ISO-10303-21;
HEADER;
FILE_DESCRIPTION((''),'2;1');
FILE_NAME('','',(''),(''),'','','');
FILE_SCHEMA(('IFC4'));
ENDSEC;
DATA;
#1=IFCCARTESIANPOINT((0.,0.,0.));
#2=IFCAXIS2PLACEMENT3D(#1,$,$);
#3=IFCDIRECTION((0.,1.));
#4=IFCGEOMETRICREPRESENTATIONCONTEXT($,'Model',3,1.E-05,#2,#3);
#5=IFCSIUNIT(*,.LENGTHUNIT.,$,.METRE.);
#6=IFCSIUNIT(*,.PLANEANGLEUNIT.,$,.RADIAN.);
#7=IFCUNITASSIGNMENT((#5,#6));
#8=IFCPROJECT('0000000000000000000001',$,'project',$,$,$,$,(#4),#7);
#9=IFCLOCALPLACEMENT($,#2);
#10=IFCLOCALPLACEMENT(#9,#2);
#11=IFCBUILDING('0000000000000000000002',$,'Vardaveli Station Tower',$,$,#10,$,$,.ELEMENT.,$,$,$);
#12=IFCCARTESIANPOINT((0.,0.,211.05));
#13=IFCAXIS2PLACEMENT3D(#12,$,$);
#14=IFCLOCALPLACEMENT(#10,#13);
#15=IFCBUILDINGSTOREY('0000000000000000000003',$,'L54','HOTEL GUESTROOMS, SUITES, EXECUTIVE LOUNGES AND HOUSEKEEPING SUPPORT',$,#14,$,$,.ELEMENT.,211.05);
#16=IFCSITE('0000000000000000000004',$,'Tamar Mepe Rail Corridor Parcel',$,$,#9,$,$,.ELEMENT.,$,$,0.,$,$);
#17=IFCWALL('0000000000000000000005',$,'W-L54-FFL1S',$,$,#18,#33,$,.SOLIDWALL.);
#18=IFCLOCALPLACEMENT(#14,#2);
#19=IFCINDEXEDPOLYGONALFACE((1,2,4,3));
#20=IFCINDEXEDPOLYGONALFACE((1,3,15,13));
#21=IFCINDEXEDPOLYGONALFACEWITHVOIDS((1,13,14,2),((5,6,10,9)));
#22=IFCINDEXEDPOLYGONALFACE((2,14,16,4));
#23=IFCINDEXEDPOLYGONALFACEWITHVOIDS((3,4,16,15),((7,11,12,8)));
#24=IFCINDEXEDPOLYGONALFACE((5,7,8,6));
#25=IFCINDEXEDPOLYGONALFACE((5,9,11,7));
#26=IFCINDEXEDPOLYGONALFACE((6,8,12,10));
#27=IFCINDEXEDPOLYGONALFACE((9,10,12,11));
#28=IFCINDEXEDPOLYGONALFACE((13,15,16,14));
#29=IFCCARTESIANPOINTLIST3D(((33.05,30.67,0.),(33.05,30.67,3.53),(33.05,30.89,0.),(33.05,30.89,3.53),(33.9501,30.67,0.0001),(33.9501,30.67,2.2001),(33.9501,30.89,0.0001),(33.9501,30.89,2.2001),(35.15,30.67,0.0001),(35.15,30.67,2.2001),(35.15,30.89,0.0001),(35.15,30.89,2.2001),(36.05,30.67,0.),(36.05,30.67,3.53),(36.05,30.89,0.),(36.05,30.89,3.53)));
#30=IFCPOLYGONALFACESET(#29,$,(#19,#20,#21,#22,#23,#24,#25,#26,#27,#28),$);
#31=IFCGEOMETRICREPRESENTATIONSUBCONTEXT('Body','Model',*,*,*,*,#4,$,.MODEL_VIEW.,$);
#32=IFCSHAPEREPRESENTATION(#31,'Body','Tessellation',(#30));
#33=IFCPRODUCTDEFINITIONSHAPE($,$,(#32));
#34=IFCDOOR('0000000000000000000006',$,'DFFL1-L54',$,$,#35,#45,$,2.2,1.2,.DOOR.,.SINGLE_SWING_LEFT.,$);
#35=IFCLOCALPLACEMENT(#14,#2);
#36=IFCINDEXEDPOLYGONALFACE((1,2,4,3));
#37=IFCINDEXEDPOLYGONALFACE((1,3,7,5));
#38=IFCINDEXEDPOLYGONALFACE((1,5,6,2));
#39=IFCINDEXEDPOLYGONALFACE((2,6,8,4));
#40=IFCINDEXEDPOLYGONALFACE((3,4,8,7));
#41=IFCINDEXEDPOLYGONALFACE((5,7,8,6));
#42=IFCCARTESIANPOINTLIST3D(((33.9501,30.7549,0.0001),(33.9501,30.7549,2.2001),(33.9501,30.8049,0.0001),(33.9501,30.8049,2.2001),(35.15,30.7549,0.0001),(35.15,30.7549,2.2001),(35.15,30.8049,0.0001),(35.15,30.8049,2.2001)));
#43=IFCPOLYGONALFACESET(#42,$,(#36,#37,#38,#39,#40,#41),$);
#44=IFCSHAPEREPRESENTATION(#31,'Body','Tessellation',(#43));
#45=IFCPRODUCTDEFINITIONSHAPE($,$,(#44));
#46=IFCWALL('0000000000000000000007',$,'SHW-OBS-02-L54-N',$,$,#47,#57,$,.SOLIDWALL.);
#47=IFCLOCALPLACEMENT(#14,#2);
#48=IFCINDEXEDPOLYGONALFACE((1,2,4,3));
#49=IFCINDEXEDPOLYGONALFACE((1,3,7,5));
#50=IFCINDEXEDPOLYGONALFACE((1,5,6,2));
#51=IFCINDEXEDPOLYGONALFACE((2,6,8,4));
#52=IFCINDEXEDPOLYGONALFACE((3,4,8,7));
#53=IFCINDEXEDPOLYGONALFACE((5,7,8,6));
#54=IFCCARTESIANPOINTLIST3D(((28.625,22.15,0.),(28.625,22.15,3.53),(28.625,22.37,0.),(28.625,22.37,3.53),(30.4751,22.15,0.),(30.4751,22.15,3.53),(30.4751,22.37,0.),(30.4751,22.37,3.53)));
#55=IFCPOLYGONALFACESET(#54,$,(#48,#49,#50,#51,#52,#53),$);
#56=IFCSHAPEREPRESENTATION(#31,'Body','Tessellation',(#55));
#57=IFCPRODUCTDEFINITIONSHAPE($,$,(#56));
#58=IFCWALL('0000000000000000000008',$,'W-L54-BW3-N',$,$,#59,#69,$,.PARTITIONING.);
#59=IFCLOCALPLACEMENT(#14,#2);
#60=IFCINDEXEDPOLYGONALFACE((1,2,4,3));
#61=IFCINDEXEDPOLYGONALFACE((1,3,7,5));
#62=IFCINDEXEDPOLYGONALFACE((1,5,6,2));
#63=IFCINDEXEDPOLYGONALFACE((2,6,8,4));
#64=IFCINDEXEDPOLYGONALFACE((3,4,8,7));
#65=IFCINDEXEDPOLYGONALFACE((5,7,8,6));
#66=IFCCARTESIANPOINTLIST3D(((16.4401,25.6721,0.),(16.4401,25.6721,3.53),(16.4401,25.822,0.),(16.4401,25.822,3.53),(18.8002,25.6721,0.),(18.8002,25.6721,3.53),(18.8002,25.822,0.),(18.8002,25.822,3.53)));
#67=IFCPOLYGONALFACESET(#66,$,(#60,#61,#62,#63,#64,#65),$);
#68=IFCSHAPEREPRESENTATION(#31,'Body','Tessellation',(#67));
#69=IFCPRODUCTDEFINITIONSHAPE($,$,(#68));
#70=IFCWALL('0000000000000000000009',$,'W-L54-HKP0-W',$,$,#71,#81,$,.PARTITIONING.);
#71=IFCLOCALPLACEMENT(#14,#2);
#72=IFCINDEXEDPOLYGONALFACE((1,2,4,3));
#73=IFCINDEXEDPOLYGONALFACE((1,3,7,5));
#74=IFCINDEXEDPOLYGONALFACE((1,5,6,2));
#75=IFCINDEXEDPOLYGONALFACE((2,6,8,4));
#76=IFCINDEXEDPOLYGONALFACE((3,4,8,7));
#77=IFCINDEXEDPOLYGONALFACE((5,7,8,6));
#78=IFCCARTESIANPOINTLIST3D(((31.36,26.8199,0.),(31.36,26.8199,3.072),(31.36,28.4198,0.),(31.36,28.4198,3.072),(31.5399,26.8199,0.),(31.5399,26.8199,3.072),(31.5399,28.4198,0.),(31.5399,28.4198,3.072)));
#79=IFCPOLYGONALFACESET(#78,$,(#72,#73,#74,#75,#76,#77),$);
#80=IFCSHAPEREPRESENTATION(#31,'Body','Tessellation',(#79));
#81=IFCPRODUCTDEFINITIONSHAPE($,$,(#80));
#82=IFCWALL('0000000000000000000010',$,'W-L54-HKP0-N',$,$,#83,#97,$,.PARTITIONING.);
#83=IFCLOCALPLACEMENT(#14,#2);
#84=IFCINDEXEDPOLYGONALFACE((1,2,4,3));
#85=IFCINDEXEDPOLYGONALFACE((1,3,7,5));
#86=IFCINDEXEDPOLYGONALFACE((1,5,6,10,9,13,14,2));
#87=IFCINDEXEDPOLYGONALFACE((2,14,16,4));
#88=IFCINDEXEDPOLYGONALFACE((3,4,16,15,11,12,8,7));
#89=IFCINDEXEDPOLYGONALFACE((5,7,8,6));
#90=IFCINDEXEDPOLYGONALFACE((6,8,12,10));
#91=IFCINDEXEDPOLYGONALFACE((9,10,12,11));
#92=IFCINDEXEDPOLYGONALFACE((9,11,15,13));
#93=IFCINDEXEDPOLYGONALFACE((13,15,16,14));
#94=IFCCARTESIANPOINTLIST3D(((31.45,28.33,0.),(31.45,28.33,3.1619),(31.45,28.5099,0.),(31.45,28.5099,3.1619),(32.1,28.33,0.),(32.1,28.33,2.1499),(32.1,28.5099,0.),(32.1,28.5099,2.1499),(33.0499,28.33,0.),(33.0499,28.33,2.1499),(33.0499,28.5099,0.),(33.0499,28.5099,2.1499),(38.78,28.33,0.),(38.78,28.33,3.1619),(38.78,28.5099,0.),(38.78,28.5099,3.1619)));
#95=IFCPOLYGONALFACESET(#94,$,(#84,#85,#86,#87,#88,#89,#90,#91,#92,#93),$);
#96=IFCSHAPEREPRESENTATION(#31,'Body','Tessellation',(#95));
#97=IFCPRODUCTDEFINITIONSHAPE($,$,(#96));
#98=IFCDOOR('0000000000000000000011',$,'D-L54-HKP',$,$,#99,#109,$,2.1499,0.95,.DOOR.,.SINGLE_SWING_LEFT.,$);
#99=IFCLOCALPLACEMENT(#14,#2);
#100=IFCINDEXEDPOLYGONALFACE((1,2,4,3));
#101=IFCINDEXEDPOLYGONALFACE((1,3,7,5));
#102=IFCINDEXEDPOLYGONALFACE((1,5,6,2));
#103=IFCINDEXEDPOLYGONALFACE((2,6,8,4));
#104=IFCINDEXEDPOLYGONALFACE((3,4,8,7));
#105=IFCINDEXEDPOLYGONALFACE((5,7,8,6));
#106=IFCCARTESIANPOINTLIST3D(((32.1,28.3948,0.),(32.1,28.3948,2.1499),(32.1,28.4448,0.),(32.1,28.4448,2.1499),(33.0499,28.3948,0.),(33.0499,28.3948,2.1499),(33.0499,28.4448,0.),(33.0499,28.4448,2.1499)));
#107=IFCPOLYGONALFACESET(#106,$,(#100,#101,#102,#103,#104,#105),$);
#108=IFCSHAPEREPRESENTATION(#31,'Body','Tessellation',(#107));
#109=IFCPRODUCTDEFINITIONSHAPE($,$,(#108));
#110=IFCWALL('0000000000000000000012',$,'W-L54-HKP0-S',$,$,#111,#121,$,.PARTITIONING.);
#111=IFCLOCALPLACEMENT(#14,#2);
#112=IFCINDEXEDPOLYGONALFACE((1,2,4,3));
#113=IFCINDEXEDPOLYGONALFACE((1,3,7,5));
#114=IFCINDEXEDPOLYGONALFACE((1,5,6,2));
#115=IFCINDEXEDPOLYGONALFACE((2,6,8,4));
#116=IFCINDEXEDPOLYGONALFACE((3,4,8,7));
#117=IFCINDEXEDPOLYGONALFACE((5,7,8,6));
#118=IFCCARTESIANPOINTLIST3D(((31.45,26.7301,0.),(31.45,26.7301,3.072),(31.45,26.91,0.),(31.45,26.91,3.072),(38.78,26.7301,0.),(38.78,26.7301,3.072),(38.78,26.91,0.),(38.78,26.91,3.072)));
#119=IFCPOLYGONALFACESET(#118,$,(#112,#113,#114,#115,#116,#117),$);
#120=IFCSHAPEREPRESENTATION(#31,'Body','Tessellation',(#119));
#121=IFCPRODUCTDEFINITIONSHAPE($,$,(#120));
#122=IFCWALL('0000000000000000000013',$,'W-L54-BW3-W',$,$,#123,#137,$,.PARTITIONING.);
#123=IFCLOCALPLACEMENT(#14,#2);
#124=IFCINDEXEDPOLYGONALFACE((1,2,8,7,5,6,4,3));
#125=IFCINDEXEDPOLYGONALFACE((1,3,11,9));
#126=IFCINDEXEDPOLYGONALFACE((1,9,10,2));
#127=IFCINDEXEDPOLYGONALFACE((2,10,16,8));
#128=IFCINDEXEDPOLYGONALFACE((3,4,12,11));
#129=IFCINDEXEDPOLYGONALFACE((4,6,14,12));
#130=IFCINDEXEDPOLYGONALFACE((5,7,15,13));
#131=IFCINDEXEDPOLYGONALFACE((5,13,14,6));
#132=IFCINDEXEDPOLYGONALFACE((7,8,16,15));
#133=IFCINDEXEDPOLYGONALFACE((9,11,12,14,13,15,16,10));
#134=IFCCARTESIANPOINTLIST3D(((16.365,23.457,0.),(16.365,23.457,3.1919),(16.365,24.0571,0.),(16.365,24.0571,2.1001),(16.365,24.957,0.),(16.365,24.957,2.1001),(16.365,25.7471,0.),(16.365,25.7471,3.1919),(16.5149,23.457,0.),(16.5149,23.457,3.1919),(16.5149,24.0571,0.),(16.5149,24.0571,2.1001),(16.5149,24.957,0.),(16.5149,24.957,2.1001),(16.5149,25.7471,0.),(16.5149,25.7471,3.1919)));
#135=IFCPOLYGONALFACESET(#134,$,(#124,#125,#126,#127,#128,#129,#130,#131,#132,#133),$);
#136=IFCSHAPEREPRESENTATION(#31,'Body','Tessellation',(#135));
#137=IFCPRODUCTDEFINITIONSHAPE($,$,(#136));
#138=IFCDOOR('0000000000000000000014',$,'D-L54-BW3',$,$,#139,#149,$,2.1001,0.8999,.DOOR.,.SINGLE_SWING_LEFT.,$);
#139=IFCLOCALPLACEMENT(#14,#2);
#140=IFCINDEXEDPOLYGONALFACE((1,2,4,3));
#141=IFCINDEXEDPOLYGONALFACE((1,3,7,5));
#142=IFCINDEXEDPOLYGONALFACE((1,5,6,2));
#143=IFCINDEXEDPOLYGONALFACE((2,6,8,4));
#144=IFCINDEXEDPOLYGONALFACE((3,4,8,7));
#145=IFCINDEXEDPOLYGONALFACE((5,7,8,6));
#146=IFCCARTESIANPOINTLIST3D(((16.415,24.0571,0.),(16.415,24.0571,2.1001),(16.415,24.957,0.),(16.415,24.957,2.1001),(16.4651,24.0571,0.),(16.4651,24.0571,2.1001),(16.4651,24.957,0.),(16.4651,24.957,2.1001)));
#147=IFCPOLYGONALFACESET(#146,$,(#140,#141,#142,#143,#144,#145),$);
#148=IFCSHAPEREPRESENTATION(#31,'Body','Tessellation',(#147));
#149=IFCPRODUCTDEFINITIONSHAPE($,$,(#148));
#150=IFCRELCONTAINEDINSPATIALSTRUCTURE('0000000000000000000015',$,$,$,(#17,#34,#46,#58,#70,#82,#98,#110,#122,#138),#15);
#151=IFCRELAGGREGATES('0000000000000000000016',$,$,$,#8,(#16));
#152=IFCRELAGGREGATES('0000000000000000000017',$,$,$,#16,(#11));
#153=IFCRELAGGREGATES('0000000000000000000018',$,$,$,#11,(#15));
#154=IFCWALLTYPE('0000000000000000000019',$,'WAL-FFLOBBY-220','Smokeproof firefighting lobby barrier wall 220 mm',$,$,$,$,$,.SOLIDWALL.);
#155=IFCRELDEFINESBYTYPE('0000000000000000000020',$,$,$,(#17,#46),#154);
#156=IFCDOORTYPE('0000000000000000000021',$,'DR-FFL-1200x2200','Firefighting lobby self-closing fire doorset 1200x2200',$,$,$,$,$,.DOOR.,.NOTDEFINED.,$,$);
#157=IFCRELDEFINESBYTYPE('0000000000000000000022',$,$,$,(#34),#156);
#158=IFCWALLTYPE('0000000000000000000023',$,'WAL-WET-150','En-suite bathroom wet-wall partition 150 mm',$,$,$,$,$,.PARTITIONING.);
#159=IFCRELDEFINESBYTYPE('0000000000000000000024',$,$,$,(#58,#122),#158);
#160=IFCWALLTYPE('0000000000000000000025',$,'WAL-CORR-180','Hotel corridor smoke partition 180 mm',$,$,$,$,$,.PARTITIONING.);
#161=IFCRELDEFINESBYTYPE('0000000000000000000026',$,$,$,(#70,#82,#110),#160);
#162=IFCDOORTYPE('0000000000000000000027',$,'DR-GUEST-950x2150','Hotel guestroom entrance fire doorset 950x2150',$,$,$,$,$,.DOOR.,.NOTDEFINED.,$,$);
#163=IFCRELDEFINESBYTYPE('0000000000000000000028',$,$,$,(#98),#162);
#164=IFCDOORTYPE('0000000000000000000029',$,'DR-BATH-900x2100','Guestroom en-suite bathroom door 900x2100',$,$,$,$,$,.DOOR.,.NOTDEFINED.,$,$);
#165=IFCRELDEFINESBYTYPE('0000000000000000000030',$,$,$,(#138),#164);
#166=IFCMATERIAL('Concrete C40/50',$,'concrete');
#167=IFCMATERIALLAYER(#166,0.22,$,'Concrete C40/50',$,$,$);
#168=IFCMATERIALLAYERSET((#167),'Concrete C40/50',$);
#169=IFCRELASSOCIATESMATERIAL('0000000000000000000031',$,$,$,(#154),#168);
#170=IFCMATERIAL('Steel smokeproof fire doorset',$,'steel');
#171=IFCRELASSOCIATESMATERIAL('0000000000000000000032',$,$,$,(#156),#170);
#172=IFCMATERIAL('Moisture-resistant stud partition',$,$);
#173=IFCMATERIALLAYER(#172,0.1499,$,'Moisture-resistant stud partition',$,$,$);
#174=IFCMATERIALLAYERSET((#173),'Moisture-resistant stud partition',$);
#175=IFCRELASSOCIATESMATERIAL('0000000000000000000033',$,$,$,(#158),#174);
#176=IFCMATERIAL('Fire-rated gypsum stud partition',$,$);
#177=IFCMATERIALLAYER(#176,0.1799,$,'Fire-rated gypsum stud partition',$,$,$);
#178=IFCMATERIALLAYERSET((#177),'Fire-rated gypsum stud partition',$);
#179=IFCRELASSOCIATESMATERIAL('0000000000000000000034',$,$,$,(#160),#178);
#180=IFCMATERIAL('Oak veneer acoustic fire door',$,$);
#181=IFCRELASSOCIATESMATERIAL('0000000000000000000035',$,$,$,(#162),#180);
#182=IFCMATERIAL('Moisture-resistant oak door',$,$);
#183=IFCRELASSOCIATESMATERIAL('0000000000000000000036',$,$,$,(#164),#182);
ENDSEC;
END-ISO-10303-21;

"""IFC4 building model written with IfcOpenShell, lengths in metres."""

from ifc_helpers import new_model, si_unit, direction, frame, frame_2d, origin, place, context, subcontext, project, spatial, rectangle, extrude, source, transform, mapped, material, layer, layer_set, type_object, element, fill, save


model = new_model("IFC4")

# Units and contexts
model_context = context("Model", 3, precision=1e-05, world=origin(), true_north=direction((0.0, 1.0)))
body_context = subcontext(model_context, "Body", "Model", "MODEL_VIEW")
ifc_project = project(units=[si_unit("LENGTHUNIT", "METRE"), si_unit("PLANEANGLEUNIT", "RADIAN")], contexts=[model_context])

# Site, building, storey
site_placement = place(None, origin())
site = spatial("IfcSite", under=ifc_project, at=site_placement, Name="Tamar Mepe Rail Corridor Parcel", CompositionType="ELEMENT", RefElevation=0.0)
building_placement = place(site_placement, origin())
building = spatial("IfcBuilding", under=site, at=building_placement, Name="Vardaveli Station Tower", CompositionType="ELEMENT")
storey_placement = place(building_placement, frame((0.0, 0.0, 211.05)))
storey = spatial("IfcBuildingStorey", under=building, at=storey_placement, Name="L54", Description="HOTEL GUESTROOMS, SUITES, EXECUTIVE LOUNGES AND HOUSEKEEPING SUPPORT", CompositionType="ELEMENT", Elevation=211.05)

# Shared definitions
ifc_material_1 = material(Name="Concrete C40/50", Category="concrete")

# Wall, opening, door
ifc_material_2 = material(Name="Steel smokeproof fire doorset", Category="steel")
ifc_layer_1 = layer(ifc_material_1, 0.22, Name="Concrete C40/50")
ifc_layer_set_1 = layer_set([ifc_layer_1], Name="Concrete C40/50")
wall_type_1 = type_object("IfcWallType", Name="WAL-FFLOBBY-220", Description="Smokeproof firefighting lobby barrier wall 220 mm", PredefinedType="SOLIDWALL", material=ifc_layer_set_1)
shared_shape_1 = source(origin(), body_context, "Body", "SweptSolid", [
    extrude(rectangle(XDim=3.0, YDim=0.22, at=frame_2d((1.5, 0.0))), origin(), (0.0, 0.0, 1.0), 3.53),
])
wall_1_placement = place(storey_placement, frame((33.05, 30.78, 0.0), z_axis=(0.0, 0.0, 1.0), x_axis=(1.0, 0.0, 0.0)))
wall_1 = element("IfcWall", 1, at=wall_1_placement, inside=storey, type_object=wall_type_1, Name="W-L54-FFL1S", PredefinedType="SOLIDWALL", context=body_context, shape_type="MappedRepresentation", body=[
    mapped(shared_shape_1, transform((0.0, 0.0, 0.0), scale=1.0)),
])
shared_shape_2 = source(origin(), body_context, "Body", "SweptSolid", [
    extrude(rectangle(XDim=1.2, YDim=2.2, at=frame_2d((0.6001, 1.1001))), frame((0.0, 0.1201, 0.0), z_axis=(0.0, -1.0, 0.0), x_axis=(1.0, 0.0, 0.0)), (0.0, 0.0, 1.0), 0.24),
])
opening_1_placement = place(wall_1_placement, frame((0.8999, 0.0, 0.0)))
opening_1 = element("IfcOpeningElement", 2, at=opening_1_placement, cuts=wall_1, PredefinedType="OPENING", context=body_context, shape_type="MappedRepresentation", body=[
    mapped(shared_shape_2, transform((0.0, 0.0, 0.0), scale=1.0)),
])
door_type_1 = type_object("IfcDoorType", Name="DR-FFL-1200x2200", Description="Firefighting lobby self-closing fire doorset 1200x2200", OperationType="NOTDEFINED", PredefinedType="DOOR", material=ifc_material_2)
shared_shape_3 = source(origin(), body_context, "Body", "SweptSolid", [
    extrude(rectangle(XDim=1.2, YDim=2.2, at=frame_2d((0.6001, 1.1001))), frame((0.0, 0.0249, 0.0), z_axis=(0.0, -1.0, 0.0), x_axis=(1.0, 0.0, 0.0)), (0.0, 0.0, 1.0), 0.05),
])
door_1_placement = place(opening_1_placement, origin())
door_1 = element("IfcDoor", 3, at=door_1_placement, inside=storey, type_object=door_type_1, Name="DFFL1-L54", OperationType="SINGLE_SWING_LEFT", OverallHeight=2.2, OverallWidth=1.2, PredefinedType="DOOR", context=body_context, shape_type="MappedRepresentation", body=[
    mapped(shared_shape_3, transform((0.0, 0.0, 0.0), scale=1.0)),
])
fill(opening_1, door_1)

# Walls
shared_shape_4 = source(origin(), body_context, "Body", "SweptSolid", [
    extrude(rectangle(XDim=1.8501, YDim=0.22, at=frame_2d((0.925, 0.0))), origin(), (0.0, 0.0, 1.0), 3.53),
])
wall_2_placement = place(storey_placement, frame((28.625, 22.26, 0.0), z_axis=(0.0, 0.0, 1.0), x_axis=(1.0, 0.0, 0.0)))
element("IfcWall", 4, at=wall_2_placement, inside=storey, type_object=wall_type_1, Name="SHW-OBS-02-L54-N", PredefinedType="SOLIDWALL", context=body_context, shape_type="MappedRepresentation", body=[
    mapped(shared_shape_4, transform((0.0, 0.0, 0.0), scale=1.0)),
])
ifc_material_3 = material(Name="Moisture-resistant stud partition")
ifc_layer_2 = layer(ifc_material_3, 0.1499, Name="Moisture-resistant stud partition")
ifc_layer_set_2 = layer_set([ifc_layer_2], Name="Moisture-resistant stud partition")
wall_type_2 = type_object("IfcWallType", Name="WAL-WET-150", Description="En-suite bathroom wet-wall partition 150 mm", PredefinedType="PARTITIONING", material=ifc_layer_set_2)
shared_shape_5 = source(origin(), body_context, "Body", "SweptSolid", [
    extrude(rectangle(XDim=2.3601, YDim=0.1499, at=frame_2d((1.1802, 0.0))), origin(), (0.0, 0.0, 1.0), 3.53),
])
wall_3_placement = place(storey_placement, frame((16.4399, 25.7471, 0.0), z_axis=(0.0, 0.0, 1.0), x_axis=(1.0, 0.0, 0.0)))
element("IfcWall", 5, at=wall_3_placement, inside=storey, type_object=wall_type_2, Name="W-L54-BW3-N", PredefinedType="PARTITIONING", context=body_context, shape_type="MappedRepresentation", body=[
    mapped(shared_shape_5, transform((0.0, 0.0, 0.0), scale=1.0)),
])
ifc_material_4 = material(Name="Fire-rated gypsum stud partition")
ifc_layer_3 = layer(ifc_material_4, 0.1799, Name="Fire-rated gypsum stud partition")
ifc_layer_set_3 = layer_set([ifc_layer_3], Name="Fire-rated gypsum stud partition")
wall_type_3 = type_object("IfcWallType", Name="WAL-CORR-180", Description="Hotel corridor smoke partition 180 mm", PredefinedType="PARTITIONING", material=ifc_layer_set_3)
shared_shape_6 = source(origin(), body_context, "Body", "SweptSolid", [
    extrude(rectangle(XDim=1.5999, YDim=0.1799, at=frame_2d((0.7998, 0.0))), origin(), (0.0, 0.0, 1.0), 3.072),
])
wall_4_placement = place(storey_placement, frame((31.45, 26.8201, 0.0), z_axis=(0.0, 0.0, 1.0), x_axis=(0.0, 1.0, 0.0)))
element("IfcWall", 6, at=wall_4_placement, inside=storey, type_object=wall_type_3, Name="W-L54-HKP0-W", PredefinedType="PARTITIONING", context=body_context, shape_type="MappedRepresentation", body=[
    mapped(shared_shape_6, transform((0.0, 0.0, 0.0), scale=1.0)),
])

# Wall, opening, door
shared_shape_7 = source(origin(), body_context, "Body", "SweptSolid", [
    extrude(rectangle(XDim=7.3301, YDim=0.1799, at=frame_2d((3.665, 0.0))), origin(), (0.0, 0.0, 1.0), 3.1619),
])
wall_5_placement = place(storey_placement, frame((31.45, 28.4199, 0.0), z_axis=(0.0, 0.0, 1.0), x_axis=(1.0, 0.0, 0.0)))
wall_5 = element("IfcWall", 7, at=wall_5_placement, inside=storey, type_object=wall_type_3, Name="W-L54-HKP0-N", PredefinedType="PARTITIONING", context=body_context, shape_type="MappedRepresentation", body=[
    mapped(shared_shape_7, transform((0.0, 0.0, 0.0), scale=1.0)),
])
shared_shape_8 = source(origin(), body_context, "Body", "SweptSolid", [
    extrude(rectangle(XDim=0.95, YDim=2.1499, at=frame_2d((0.4751, 1.075))), frame((0.0, 0.1001, 0.0), z_axis=(0.0, -1.0, 0.0), x_axis=(1.0, 0.0, 0.0)), (0.0, 0.0, 1.0), 0.2),
])
opening_2_placement = place(wall_5_placement, frame((0.6499, 0.0, 0.0)))
opening_2 = element("IfcOpeningElement", 8, at=opening_2_placement, cuts=wall_5, PredefinedType="OPENING", context=body_context, shape_type="MappedRepresentation", body=[
    mapped(shared_shape_8, transform((0.0, 0.0, 0.0), scale=1.0)),
])
ifc_material_5 = material(Name="Oak veneer acoustic fire door")
door_type_2 = type_object("IfcDoorType", Name="DR-GUEST-950x2150", Description="Hotel guestroom entrance fire doorset 950x2150", OperationType="NOTDEFINED", PredefinedType="DOOR", material=ifc_material_5)
shared_shape_9 = source(origin(), body_context, "Body", "SweptSolid", [
    extrude(rectangle(XDim=0.95, YDim=2.1499, at=frame_2d((0.4751, 1.075))), frame((0.0, 0.0249, 0.0), z_axis=(0.0, -1.0, 0.0), x_axis=(1.0, 0.0, 0.0)), (0.0, 0.0, 1.0), 0.05),
])
door_2_placement = place(opening_2_placement, origin())
door_2 = element("IfcDoor", 9, at=door_2_placement, inside=storey, type_object=door_type_2, Name="D-L54-HKP", OperationType="SINGLE_SWING_LEFT", OverallHeight=2.1499, OverallWidth=0.95, PredefinedType="DOOR", context=body_context, shape_type="MappedRepresentation", body=[
    mapped(shared_shape_9, transform((0.0, 0.0, 0.0), scale=1.0)),
])
fill(opening_2, door_2)

# Wall
shared_shape_10 = source(origin(), body_context, "Body", "SweptSolid", [
    extrude(rectangle(XDim=7.3301, YDim=0.1799, at=frame_2d((3.665, 0.0))), origin(), (0.0, 0.0, 1.0), 3.072),
])
wall_6_placement = place(storey_placement, frame((31.45, 26.8201, 0.0), z_axis=(0.0, 0.0, 1.0), x_axis=(1.0, 0.0, 0.0)))
element("IfcWall", 10, at=wall_6_placement, inside=storey, type_object=wall_type_3, Name="W-L54-HKP0-S", PredefinedType="PARTITIONING", context=body_context, shape_type="MappedRepresentation", body=[
    mapped(shared_shape_10, transform((0.0, 0.0, 0.0), scale=1.0)),
])

# Wall, opening, door
shared_shape_11 = source(origin(), body_context, "Body", "SweptSolid", [
    extrude(rectangle(XDim=2.29, YDim=0.1499, at=frame_2d((1.145, 0.0))), origin(), (0.0, 0.0, 1.0), 3.1919),
])
wall_7_placement = place(storey_placement, frame((16.4399, 23.457, 0.0), z_axis=(0.0, 0.0, 1.0), x_axis=(0.0, 1.0, 0.0)))
wall_7 = element("IfcWall", 11, at=wall_7_placement, inside=storey, type_object=wall_type_2, Name="W-L54-BW3-W", PredefinedType="PARTITIONING", context=body_context, shape_type="MappedRepresentation", body=[
    mapped(shared_shape_11, transform((0.0, 0.0, 0.0), scale=1.0)),
])
shared_shape_12 = source(origin(), body_context, "Body", "SweptSolid", [
    extrude(rectangle(XDim=0.8999, YDim=2.1001, at=frame_2d((0.45, 1.05))), frame((0.0, 0.085, 0.0), z_axis=(0.0, -1.0, 0.0), x_axis=(1.0, 0.0, 0.0)), (0.0, 0.0, 1.0), 0.1699),
])
opening_3_placement = place(wall_7_placement, frame((0.6001, 0.0, 0.0)))
opening_3 = element("IfcOpeningElement", 12, at=opening_3_placement, cuts=wall_7, PredefinedType="OPENING", context=body_context, shape_type="MappedRepresentation", body=[
    mapped(shared_shape_12, transform((0.0, 0.0, 0.0), scale=1.0)),
])
ifc_material_6 = material(Name="Moisture-resistant oak door")
door_type_3 = type_object("IfcDoorType", Name="DR-BATH-900x2100", Description="Guestroom en-suite bathroom door 900x2100", OperationType="NOTDEFINED", PredefinedType="DOOR", material=ifc_material_6)
shared_shape_13 = source(origin(), body_context, "Body", "SweptSolid", [
    extrude(rectangle(XDim=0.8999, YDim=2.1001, at=frame_2d((0.45, 1.05))), frame((0.0, 0.0249, 0.0), z_axis=(0.0, -1.0, 0.0), x_axis=(1.0, 0.0, 0.0)), (0.0, 0.0, 1.0), 0.05),
])
door_3_placement = place(opening_3_placement, origin())
door_3 = element("IfcDoor", 13, at=door_3_placement, inside=storey, type_object=door_type_3, Name="D-L54-BW3", OperationType="SINGLE_SWING_LEFT", OverallHeight=2.1001, OverallWidth=0.8999, PredefinedType="DOOR", context=body_context, shape_type="MappedRepresentation", body=[
    mapped(shared_shape_13, transform((0.0, 0.0, 0.0), scale=1.0)),
])
fill(opening_3, door_3)

save(model, "model.ifc")
